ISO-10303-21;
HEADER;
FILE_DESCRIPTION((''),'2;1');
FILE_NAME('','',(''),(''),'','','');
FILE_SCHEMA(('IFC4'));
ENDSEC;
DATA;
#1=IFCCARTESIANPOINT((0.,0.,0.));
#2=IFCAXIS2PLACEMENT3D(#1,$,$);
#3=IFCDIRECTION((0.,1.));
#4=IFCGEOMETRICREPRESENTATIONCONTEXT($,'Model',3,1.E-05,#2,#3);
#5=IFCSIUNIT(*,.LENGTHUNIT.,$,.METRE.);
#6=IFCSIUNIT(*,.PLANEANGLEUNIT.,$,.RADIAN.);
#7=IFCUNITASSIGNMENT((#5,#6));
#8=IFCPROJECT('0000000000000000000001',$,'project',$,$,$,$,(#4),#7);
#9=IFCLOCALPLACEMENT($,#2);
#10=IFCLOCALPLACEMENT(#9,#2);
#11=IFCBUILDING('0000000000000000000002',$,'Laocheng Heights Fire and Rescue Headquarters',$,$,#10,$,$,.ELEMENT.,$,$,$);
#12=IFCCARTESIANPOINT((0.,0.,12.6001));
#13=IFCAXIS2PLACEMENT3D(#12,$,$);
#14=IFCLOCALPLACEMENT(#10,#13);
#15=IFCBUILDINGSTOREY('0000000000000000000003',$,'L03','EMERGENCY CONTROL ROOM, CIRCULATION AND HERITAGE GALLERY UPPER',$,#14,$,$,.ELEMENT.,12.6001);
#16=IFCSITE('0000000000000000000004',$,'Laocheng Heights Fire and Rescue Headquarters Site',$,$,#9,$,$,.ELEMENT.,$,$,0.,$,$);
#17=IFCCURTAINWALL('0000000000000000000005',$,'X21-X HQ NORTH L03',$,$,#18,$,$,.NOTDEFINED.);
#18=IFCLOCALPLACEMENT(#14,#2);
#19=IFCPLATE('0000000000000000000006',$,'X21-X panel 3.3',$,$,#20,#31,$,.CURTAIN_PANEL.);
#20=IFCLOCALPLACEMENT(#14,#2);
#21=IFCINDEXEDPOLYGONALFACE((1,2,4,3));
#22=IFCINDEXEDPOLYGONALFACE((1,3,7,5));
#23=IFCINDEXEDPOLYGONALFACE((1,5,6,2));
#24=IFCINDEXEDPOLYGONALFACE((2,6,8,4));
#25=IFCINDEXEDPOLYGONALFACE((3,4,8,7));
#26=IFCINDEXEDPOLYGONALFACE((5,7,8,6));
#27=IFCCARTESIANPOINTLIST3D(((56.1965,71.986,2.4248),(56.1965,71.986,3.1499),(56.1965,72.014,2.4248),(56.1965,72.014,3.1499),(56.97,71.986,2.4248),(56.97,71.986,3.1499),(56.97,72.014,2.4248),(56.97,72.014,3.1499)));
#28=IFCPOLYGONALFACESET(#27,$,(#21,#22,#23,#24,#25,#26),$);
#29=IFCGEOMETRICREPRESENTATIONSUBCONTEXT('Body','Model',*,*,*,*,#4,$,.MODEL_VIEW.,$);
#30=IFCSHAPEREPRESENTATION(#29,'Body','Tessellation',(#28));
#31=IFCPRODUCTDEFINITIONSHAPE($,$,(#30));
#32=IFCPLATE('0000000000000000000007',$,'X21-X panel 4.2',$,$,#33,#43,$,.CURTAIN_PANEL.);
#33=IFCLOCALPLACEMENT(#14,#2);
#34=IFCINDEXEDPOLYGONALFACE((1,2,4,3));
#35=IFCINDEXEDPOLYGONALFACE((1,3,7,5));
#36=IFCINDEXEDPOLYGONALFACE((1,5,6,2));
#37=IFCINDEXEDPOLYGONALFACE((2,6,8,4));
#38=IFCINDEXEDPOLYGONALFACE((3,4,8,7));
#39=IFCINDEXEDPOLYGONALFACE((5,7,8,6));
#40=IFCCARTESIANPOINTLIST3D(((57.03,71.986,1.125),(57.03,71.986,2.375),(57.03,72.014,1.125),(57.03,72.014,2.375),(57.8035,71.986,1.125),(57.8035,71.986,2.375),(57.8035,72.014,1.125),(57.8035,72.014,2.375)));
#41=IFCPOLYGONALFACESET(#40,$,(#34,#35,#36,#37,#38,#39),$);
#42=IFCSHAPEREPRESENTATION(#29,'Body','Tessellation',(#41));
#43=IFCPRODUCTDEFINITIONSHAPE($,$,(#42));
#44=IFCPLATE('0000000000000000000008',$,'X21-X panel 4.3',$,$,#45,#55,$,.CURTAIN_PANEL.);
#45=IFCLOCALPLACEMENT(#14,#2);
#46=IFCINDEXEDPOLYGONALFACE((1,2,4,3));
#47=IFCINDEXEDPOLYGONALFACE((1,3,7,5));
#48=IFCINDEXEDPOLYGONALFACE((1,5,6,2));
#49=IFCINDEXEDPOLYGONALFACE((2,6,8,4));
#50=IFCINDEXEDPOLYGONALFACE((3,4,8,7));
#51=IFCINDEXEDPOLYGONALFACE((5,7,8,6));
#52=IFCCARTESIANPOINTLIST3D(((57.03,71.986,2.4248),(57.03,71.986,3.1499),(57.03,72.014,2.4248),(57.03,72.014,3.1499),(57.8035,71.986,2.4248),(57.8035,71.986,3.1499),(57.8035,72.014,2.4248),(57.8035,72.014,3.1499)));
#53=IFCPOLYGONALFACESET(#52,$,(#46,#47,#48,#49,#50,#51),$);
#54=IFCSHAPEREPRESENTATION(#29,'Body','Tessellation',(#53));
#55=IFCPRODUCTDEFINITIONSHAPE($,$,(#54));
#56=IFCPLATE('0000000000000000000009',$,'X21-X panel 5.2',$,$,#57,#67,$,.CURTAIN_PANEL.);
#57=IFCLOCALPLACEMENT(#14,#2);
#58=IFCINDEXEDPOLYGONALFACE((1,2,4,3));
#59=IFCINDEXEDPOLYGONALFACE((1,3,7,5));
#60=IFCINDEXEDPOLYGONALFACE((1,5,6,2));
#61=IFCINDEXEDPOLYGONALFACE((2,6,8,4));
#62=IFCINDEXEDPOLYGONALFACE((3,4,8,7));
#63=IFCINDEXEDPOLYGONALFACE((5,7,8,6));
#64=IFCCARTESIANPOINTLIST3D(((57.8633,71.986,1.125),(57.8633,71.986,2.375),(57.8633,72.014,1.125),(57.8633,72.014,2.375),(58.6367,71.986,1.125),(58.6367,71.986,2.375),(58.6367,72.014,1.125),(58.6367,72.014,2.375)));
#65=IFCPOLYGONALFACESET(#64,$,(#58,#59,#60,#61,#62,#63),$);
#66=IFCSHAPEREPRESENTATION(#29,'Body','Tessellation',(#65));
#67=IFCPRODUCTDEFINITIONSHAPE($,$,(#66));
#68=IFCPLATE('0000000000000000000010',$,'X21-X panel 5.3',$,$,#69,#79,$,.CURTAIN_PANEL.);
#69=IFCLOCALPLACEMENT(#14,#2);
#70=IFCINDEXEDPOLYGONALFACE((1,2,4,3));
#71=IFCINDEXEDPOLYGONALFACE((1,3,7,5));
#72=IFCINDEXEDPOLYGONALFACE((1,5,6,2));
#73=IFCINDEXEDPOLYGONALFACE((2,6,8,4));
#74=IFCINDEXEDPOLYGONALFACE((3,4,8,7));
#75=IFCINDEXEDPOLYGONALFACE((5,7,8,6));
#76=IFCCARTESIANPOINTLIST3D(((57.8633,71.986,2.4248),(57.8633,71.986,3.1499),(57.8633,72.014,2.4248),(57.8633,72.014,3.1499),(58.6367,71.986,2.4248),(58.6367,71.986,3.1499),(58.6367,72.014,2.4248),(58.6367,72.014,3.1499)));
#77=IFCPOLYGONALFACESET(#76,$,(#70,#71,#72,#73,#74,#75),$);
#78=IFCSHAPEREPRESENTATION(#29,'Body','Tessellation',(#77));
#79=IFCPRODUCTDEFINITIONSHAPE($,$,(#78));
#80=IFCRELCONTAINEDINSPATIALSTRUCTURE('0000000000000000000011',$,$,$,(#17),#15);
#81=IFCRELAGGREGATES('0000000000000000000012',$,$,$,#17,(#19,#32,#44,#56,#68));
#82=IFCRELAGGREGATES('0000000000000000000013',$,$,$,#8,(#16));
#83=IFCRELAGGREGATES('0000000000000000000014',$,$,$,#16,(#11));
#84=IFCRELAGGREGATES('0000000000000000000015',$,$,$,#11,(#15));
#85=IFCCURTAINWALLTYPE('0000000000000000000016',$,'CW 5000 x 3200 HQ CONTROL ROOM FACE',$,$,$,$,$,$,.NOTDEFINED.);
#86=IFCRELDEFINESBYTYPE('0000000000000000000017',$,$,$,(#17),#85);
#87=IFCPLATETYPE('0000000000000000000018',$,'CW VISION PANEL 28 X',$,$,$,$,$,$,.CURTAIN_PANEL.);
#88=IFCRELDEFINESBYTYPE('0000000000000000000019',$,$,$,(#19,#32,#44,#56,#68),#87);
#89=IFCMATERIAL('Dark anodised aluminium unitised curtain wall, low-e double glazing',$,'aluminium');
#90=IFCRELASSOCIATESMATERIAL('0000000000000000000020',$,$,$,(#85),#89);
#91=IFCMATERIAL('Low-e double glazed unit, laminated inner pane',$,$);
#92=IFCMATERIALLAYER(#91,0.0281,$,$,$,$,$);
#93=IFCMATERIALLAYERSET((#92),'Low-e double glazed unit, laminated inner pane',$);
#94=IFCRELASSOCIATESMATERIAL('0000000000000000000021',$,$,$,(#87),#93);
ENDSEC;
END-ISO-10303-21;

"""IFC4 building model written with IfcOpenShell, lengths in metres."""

from ifc_helpers import new_model, si_unit, direction, frame, origin, origin_2d, place, context, subcontext, project, spatial, rectangle, extrude, material, layer, layer_set, type_object, element, aggregate, save


model = new_model("IFC4")

# Units and contexts
model_context = context("Model", 3, precision=1e-05, world=origin(), true_north=direction((0.0, 1.0)))
body_context = subcontext(model_context, "Body", "Model", "MODEL_VIEW")
ifc_project = project(units=[si_unit("LENGTHUNIT", "METRE"), si_unit("PLANEANGLEUNIT", "RADIAN")], contexts=[model_context])

# Site, building, storey
site_placement = place(None, origin())
site = spatial("IfcSite", under=ifc_project, at=site_placement, Name="Laocheng Heights Fire and Rescue Headquarters Site", CompositionType="ELEMENT", RefElevation=0.0)
building_placement = place(site_placement, origin())
building = spatial("IfcBuilding", under=site, at=building_placement, Name="Laocheng Heights Fire and Rescue Headquarters", CompositionType="ELEMENT")
storey_placement = place(building_placement, frame((0.0, 0.0, 12.6001)))
storey = spatial("IfcBuildingStorey", under=building, at=storey_placement, Name="L03", Description="EMERGENCY CONTROL ROOM, CIRCULATION AND HERITAGE GALLERY UPPER", CompositionType="ELEMENT", Elevation=12.6001)

# Curtain wall, plates
ifc_material_1 = material(Name="Dark anodised aluminium unitised curtain wall, low-e double glazing", Category="aluminium")
curtain_wall_type = type_object("IfcCurtainWallType", Name="CW 5000 x 3200 HQ CONTROL ROOM FACE", PredefinedType="NOTDEFINED", material=ifc_material_1)
curtain_wall_placement = place(storey_placement, origin())
curtain_wall = element("IfcCurtainWall", 1, at=curtain_wall_placement, inside=storey, type_object=curtain_wall_type, Name="X21-X HQ NORTH L03", PredefinedType="NOTDEFINED")
ifc_material_2 = material(Name="Low-e double glazed unit, laminated inner pane")
ifc_layer_1 = layer(ifc_material_2, 0.0281)
ifc_layer_set_1 = layer_set([ifc_layer_1], Name="Low-e double glazed unit, laminated inner pane")
plate_type_1 = type_object("IfcPlateType", Name="CW VISION PANEL 28 X", PredefinedType="CURTAIN_PANEL", material=ifc_layer_set_1)
plate_1_placement = place(storey_placement, frame((56.5833, 72.0, 2.4248), z_axis=(0.0, 0.0, 1.0), x_axis=(1.0, 0.0, 0.0)))
plate_1 = element("IfcPlate", 2, at=plate_1_placement, type_object=plate_type_1, Name="X21-X panel 3.3", PredefinedType="CURTAIN_PANEL", context=body_context, shape_type="SweptSolid", body=[
    extrude(rectangle(XDim=0.7734, YDim=0.0281, at=origin_2d()), origin(), (0.0, 0.0, 1.0), 0.7251),
])
plate_2_placement = place(storey_placement, frame((57.4167, 72.0, 1.125), z_axis=(0.0, 0.0, 1.0), x_axis=(1.0, 0.0, 0.0)))
plate_2 = element("IfcPlate", 3, at=plate_2_placement, type_object=plate_type_1, Name="X21-X panel 4.2", PredefinedType="CURTAIN_PANEL", context=body_context, shape_type="SweptSolid", body=[
    extrude(rectangle(XDim=0.7734, YDim=0.0281, at=origin_2d()), origin(), (0.0, 0.0, 1.0), 1.25),
])
plate_3_placement = place(storey_placement, frame((57.4167, 72.0, 2.4248), z_axis=(0.0, 0.0, 1.0), x_axis=(1.0, 0.0, 0.0)))
plate_3 = element("IfcPlate", 4, at=plate_3_placement, type_object=plate_type_1, Name="X21-X panel 4.3", PredefinedType="CURTAIN_PANEL", context=body_context, shape_type="SweptSolid", body=[
    extrude(rectangle(XDim=0.7734, YDim=0.0281, at=origin_2d()), origin(), (0.0, 0.0, 1.0), 0.7251),
])
plate_4_placement = place(storey_placement, frame((58.25, 72.0, 1.125), z_axis=(0.0, 0.0, 1.0), x_axis=(1.0, 0.0, 0.0)))
plate_4 = element("IfcPlate", 5, at=plate_4_placement, type_object=plate_type_1, Name="X21-X panel 5.2", PredefinedType="CURTAIN_PANEL", context=body_context, shape_type="SweptSolid", body=[
    extrude(rectangle(XDim=0.7734, YDim=0.0281, at=origin_2d()), origin(), (0.0, 0.0, 1.0), 1.25),
])
plate_5_placement = place(storey_placement, frame((58.25, 72.0, 2.4248), z_axis=(0.0, 0.0, 1.0), x_axis=(1.0, 0.0, 0.0)))
plate_5 = element("IfcPlate", 6, at=plate_5_placement, type_object=plate_type_1, Name="X21-X panel 5.3", PredefinedType="CURTAIN_PANEL", context=body_context, shape_type="SweptSolid", body=[
    extrude(rectangle(XDim=0.7734, YDim=0.0281, at=origin_2d()), origin(), (0.0, 0.0, 1.0), 0.7251),
])
aggregate(curtain_wall, [plate_1, plate_2, plate_3, plate_4, plate_5])

save(model, "model.ifc")
